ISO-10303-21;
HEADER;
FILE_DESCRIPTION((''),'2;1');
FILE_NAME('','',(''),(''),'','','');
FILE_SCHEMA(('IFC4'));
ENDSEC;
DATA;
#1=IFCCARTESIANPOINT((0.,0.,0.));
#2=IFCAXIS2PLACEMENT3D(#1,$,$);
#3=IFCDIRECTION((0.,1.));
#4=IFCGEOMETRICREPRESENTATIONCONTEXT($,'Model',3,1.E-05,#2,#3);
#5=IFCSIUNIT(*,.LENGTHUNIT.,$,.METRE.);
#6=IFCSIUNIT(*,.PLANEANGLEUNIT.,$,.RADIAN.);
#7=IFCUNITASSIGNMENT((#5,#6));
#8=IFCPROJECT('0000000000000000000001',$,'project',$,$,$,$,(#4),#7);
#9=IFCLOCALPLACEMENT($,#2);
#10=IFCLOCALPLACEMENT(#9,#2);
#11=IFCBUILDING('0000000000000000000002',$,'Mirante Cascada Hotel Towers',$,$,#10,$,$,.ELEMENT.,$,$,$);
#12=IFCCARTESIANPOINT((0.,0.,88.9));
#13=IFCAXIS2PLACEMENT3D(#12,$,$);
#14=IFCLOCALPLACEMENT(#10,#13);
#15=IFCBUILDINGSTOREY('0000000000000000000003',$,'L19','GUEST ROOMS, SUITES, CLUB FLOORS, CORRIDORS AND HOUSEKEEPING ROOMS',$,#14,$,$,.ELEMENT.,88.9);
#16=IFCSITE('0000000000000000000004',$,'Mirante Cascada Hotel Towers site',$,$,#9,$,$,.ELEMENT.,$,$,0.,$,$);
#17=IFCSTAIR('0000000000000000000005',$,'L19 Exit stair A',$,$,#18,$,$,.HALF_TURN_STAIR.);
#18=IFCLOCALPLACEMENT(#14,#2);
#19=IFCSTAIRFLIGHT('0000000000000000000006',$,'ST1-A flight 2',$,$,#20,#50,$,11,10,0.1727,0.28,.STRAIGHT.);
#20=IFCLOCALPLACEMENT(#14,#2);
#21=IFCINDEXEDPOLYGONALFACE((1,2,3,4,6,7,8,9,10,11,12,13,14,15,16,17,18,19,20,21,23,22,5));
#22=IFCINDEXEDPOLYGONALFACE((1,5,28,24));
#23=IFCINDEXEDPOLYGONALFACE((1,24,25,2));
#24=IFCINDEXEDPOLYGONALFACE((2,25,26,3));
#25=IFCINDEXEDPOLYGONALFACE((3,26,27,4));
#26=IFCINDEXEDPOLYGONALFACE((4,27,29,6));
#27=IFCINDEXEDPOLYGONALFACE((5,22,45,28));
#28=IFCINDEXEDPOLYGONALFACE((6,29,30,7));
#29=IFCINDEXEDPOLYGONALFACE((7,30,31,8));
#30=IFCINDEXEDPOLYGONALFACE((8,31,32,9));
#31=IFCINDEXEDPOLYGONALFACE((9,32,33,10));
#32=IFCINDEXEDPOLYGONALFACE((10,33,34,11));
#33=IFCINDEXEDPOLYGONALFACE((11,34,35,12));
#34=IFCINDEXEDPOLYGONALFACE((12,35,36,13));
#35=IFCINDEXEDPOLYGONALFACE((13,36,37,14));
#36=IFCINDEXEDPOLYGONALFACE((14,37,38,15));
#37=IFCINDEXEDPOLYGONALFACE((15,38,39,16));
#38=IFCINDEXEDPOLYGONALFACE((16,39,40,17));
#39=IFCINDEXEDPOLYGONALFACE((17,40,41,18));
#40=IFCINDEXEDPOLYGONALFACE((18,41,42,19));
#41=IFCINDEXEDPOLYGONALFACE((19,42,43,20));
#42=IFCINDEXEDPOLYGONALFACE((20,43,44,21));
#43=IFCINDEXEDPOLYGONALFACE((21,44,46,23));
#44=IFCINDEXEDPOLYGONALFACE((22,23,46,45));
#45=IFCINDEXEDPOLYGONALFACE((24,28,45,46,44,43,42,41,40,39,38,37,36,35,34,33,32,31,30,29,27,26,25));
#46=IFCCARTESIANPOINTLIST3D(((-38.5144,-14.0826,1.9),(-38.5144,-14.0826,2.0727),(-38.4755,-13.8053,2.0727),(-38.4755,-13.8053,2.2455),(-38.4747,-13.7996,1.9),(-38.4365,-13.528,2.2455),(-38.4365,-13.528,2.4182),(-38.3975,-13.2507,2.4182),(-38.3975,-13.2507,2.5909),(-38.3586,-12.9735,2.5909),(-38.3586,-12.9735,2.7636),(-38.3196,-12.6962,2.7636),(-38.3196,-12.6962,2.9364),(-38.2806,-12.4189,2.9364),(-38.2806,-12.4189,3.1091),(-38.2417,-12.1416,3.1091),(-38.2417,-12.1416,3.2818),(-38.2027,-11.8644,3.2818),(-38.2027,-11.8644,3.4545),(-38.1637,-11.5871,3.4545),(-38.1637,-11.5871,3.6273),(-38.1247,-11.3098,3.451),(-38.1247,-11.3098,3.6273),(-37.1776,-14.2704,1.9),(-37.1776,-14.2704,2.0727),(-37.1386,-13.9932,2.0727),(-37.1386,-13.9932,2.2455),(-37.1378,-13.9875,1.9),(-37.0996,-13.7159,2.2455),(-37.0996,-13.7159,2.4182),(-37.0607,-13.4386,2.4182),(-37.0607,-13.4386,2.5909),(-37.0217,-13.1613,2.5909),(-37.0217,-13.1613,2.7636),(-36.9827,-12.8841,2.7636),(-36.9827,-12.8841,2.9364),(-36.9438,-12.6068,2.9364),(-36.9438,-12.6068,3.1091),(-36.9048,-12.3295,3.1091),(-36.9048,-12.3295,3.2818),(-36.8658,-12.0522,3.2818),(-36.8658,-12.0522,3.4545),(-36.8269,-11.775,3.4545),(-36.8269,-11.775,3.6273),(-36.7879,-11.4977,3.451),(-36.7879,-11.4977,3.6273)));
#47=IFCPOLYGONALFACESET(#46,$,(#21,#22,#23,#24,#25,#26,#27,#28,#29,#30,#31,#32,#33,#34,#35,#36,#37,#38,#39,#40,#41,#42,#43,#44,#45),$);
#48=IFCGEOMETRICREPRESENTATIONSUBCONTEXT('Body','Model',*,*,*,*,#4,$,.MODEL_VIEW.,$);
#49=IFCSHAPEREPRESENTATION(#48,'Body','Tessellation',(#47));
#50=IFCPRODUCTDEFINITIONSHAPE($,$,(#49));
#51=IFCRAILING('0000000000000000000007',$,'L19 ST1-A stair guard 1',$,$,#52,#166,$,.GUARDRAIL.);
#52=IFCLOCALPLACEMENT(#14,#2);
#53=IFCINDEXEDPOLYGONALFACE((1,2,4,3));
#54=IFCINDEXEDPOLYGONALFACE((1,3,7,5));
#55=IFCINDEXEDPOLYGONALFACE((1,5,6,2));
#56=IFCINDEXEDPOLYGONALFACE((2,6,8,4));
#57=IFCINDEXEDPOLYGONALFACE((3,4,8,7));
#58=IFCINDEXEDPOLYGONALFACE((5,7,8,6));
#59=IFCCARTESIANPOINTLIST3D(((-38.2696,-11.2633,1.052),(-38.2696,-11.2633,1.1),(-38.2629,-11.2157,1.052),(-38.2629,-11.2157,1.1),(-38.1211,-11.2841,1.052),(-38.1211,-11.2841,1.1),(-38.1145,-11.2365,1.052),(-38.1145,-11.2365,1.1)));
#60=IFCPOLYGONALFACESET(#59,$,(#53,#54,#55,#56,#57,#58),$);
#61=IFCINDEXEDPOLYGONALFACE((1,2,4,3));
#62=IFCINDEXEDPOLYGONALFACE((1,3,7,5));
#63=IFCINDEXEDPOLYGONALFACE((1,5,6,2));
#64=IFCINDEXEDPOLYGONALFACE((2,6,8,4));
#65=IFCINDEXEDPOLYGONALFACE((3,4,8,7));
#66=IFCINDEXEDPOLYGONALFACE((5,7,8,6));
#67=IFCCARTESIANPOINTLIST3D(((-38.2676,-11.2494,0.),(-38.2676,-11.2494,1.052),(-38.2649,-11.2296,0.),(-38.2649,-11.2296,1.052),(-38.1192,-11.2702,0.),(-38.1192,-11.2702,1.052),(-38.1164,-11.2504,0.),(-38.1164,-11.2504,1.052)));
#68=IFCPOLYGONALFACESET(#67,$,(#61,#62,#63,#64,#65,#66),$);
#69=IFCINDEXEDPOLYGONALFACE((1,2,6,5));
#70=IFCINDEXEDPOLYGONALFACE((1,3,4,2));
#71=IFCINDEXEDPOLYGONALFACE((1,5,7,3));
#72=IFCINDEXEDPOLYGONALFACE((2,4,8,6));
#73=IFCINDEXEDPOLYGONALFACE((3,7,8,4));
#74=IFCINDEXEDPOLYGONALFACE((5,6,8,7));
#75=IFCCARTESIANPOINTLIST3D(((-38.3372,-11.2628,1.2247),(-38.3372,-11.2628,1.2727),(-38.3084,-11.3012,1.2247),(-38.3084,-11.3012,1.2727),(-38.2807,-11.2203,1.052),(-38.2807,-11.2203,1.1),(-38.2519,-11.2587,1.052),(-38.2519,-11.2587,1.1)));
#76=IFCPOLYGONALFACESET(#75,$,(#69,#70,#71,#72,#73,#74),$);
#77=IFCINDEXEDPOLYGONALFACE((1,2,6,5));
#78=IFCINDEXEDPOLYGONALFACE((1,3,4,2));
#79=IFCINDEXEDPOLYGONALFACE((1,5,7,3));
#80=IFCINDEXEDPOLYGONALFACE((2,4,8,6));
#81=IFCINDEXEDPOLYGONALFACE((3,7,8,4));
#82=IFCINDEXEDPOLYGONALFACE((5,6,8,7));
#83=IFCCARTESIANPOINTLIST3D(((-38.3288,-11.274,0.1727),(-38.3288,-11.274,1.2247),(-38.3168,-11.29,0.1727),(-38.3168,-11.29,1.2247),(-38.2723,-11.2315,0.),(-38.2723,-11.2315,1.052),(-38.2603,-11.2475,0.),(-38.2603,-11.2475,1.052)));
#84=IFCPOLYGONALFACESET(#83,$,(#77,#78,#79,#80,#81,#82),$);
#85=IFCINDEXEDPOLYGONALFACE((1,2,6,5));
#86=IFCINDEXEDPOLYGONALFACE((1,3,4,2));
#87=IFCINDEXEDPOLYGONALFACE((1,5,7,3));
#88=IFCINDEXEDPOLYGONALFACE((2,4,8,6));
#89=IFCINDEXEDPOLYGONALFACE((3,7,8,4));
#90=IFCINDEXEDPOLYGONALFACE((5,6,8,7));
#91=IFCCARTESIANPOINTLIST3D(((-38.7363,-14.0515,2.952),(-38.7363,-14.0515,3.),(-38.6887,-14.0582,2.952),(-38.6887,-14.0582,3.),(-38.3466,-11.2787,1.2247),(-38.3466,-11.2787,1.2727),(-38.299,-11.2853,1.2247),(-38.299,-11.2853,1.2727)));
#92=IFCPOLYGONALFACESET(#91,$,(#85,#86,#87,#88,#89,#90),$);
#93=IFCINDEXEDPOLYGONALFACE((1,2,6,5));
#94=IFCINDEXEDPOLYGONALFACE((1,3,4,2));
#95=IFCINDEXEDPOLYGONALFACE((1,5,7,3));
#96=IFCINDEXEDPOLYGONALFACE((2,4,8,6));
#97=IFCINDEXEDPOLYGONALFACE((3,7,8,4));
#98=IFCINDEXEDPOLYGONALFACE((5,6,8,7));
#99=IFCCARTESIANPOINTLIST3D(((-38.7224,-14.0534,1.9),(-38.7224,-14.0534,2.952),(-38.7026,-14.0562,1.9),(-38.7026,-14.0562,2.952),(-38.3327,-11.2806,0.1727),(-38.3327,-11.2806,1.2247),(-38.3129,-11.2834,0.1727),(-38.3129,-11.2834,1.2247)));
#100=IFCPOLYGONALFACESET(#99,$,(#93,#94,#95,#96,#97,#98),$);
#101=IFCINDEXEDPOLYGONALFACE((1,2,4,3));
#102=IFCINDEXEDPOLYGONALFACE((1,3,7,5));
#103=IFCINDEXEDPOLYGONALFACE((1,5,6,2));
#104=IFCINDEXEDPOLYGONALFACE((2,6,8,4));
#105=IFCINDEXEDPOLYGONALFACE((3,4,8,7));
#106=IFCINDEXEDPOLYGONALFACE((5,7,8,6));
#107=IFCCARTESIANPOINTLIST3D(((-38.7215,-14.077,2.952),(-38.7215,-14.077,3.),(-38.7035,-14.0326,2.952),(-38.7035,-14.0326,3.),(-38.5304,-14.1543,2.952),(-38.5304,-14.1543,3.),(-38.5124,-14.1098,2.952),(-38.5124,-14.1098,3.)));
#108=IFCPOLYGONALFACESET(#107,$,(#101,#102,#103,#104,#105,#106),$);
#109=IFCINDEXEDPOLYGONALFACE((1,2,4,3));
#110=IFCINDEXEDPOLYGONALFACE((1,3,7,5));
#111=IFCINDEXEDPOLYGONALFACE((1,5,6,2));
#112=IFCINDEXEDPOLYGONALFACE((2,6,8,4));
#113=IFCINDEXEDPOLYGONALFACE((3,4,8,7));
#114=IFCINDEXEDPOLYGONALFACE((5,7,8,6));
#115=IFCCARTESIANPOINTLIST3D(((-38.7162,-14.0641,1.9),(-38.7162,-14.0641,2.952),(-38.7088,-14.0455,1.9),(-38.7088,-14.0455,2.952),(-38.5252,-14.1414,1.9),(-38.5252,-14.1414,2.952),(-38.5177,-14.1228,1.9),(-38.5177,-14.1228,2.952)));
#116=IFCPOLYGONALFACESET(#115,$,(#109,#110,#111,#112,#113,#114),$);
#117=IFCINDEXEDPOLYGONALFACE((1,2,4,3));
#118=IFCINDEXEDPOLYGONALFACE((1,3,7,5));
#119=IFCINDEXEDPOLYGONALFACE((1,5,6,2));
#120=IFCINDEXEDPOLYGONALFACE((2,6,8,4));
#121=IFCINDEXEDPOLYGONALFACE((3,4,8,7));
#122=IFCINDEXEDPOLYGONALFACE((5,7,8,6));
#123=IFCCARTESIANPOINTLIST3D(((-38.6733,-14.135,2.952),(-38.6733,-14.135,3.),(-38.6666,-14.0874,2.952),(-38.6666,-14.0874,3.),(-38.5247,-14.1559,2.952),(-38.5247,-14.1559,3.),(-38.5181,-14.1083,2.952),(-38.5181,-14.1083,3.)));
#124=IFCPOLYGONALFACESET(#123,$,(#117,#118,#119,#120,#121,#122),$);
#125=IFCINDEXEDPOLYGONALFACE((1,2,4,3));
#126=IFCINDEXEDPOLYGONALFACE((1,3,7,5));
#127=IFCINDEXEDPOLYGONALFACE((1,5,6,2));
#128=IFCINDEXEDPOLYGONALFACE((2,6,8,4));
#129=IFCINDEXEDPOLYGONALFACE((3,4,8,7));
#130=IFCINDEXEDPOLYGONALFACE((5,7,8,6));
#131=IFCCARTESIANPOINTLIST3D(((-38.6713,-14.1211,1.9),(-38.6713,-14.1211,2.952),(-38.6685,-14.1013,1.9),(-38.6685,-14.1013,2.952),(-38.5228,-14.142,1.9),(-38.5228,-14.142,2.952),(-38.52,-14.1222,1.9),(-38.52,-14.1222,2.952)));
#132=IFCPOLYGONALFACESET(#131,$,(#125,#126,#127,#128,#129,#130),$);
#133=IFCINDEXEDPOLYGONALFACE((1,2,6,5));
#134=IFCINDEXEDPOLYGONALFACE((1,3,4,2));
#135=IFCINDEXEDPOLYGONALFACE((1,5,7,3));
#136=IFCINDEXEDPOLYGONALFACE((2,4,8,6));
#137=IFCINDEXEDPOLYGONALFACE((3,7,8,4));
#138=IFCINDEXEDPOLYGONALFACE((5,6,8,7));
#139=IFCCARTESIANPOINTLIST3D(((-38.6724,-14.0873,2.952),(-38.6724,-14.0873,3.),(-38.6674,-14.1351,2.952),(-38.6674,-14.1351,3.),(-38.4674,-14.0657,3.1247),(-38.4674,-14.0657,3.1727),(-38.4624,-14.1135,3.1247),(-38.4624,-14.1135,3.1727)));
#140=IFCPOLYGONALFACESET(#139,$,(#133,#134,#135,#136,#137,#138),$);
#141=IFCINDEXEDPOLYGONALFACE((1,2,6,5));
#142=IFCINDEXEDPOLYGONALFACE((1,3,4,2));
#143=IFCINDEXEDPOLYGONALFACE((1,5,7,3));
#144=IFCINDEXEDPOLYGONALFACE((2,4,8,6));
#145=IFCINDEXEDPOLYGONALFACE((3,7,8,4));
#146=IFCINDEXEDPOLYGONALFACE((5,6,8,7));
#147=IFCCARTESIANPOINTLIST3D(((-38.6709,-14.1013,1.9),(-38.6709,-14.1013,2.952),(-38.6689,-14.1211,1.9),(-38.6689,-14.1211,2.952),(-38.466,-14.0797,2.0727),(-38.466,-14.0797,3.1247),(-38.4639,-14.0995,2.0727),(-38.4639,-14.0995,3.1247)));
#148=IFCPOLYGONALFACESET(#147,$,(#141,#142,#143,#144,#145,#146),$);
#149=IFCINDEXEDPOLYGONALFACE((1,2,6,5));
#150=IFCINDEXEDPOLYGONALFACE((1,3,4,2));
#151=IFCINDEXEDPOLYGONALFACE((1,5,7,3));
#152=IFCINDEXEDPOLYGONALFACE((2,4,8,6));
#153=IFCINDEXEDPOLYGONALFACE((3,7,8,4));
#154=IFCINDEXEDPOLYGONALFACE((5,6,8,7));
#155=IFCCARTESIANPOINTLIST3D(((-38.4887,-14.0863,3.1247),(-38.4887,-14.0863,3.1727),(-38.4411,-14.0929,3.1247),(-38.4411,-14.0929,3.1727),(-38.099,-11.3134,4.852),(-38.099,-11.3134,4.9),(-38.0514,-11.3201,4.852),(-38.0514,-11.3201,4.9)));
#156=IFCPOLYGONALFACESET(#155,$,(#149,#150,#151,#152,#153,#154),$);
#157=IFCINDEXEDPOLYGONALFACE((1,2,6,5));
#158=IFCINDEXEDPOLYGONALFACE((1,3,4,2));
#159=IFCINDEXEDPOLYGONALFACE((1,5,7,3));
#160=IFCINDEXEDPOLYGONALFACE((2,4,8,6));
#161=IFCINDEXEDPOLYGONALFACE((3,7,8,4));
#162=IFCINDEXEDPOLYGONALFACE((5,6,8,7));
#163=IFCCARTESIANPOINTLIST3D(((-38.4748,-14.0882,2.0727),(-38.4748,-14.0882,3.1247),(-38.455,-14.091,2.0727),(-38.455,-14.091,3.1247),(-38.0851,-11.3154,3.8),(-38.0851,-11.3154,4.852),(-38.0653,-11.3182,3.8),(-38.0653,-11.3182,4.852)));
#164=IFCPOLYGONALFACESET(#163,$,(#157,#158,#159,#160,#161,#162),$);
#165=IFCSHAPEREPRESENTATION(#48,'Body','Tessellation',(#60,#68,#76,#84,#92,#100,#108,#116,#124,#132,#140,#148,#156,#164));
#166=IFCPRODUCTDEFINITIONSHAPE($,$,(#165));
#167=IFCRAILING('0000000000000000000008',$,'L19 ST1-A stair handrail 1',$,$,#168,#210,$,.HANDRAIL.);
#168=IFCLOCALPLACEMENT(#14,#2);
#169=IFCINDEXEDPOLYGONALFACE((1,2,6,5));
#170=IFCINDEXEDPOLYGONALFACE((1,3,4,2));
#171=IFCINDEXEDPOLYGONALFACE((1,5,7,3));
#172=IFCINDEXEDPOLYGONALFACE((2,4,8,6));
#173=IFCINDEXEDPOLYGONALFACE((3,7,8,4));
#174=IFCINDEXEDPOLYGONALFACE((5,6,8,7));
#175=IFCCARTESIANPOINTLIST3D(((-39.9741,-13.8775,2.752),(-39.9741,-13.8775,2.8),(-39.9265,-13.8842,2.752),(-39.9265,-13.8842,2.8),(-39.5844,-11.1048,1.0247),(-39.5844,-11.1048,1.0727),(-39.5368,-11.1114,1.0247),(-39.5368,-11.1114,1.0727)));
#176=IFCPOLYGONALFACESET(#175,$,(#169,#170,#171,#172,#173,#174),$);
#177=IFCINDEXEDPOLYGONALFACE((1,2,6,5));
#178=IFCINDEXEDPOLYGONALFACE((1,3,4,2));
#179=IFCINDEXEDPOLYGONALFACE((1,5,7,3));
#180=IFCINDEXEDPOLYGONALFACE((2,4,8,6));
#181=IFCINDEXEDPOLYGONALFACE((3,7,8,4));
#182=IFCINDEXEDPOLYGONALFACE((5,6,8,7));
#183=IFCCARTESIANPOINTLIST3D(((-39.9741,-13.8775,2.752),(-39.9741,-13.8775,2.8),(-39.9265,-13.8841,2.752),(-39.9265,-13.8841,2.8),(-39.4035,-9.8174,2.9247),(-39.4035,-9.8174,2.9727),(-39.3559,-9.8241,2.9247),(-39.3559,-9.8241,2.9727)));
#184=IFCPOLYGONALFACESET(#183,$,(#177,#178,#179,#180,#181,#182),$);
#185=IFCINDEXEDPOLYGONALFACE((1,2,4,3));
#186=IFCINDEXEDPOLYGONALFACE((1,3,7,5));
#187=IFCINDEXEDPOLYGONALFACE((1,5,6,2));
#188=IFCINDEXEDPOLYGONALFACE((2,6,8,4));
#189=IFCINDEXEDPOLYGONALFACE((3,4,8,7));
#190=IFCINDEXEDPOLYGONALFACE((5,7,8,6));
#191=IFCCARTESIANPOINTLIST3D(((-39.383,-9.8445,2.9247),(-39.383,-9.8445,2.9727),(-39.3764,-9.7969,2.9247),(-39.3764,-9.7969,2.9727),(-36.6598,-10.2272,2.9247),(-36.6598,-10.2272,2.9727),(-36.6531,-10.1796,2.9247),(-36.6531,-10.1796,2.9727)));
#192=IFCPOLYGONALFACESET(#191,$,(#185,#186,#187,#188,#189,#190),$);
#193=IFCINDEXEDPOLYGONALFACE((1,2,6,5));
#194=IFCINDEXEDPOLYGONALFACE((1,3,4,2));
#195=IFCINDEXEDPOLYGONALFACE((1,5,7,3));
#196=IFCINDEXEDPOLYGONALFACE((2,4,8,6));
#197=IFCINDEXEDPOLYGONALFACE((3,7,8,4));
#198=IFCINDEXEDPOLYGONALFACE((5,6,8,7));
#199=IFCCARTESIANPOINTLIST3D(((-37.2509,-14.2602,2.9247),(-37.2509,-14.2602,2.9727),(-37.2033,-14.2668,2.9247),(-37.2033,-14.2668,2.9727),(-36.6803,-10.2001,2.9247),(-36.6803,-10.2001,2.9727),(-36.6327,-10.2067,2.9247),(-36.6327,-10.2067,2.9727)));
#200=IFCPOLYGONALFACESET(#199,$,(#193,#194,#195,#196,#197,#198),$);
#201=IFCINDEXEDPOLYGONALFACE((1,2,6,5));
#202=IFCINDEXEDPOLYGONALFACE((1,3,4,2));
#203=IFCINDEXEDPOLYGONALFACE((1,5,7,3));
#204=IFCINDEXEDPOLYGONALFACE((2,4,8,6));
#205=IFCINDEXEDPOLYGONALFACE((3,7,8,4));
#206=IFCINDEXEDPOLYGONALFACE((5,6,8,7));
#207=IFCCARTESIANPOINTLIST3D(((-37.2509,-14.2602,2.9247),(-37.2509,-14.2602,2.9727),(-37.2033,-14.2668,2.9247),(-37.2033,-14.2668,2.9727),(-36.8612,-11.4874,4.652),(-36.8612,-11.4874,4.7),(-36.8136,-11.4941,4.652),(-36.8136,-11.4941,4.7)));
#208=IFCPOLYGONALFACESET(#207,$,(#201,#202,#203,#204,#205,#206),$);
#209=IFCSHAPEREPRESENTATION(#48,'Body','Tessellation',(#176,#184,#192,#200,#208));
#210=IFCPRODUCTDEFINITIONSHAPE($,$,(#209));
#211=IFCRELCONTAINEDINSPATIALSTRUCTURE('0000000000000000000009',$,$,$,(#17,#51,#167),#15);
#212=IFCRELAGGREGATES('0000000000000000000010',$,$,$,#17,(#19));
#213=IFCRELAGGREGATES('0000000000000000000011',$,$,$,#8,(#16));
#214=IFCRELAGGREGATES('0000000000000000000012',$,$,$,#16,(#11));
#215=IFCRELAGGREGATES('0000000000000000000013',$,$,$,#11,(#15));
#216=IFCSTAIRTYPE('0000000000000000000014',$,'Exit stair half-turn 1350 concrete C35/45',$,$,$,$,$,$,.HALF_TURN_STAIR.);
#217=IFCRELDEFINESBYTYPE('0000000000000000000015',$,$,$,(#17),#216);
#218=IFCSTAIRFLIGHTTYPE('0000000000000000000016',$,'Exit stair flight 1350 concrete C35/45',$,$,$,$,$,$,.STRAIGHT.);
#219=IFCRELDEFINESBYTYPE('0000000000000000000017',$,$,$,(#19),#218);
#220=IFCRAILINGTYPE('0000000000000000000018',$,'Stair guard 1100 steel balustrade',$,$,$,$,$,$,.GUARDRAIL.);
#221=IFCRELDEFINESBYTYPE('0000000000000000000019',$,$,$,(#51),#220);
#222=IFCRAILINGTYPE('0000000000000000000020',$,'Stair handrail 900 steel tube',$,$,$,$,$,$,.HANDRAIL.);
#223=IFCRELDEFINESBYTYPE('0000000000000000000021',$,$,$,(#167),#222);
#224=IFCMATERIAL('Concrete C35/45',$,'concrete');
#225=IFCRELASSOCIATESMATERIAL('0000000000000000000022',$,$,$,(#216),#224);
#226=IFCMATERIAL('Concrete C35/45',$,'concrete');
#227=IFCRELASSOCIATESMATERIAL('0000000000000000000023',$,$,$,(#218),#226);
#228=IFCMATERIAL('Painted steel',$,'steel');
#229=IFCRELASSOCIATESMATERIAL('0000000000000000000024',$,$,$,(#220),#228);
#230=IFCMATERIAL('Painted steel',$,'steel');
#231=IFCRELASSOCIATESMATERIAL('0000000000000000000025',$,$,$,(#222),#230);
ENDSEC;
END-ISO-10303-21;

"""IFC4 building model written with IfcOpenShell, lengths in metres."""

from ifc_helpers import new_model, si_unit, direction, frame, origin, origin_2d, place, context, subcontext, project, spatial, polyline, rectangle, outline, extrude, material, type_object, element, aggregate, save


model = new_model("IFC4")

# Units and contexts
model_context = context("Model", 3, precision=1e-05, world=origin(), true_north=direction((0.0, 1.0)))
body_context = subcontext(model_context, "Body", "Model", "MODEL_VIEW")
ifc_project = project(units=[si_unit("LENGTHUNIT", "METRE"), si_unit("PLANEANGLEUNIT", "RADIAN")], contexts=[model_context])

# Site, building, storey
site_placement = place(None, origin())
site = spatial("IfcSite", under=ifc_project, at=site_placement, Name="Mirante Cascada Hotel Towers site", CompositionType="ELEMENT", RefElevation=0.0)
building_placement = place(site_placement, origin())
building = spatial("IfcBuilding", under=site, at=building_placement, Name="Mirante Cascada Hotel Towers", CompositionType="ELEMENT")
storey_placement = place(building_placement, frame((0.0, 0.0, 88.9)))
storey = spatial("IfcBuildingStorey", under=building, at=storey_placement, Name="L19", Description="GUEST ROOMS, SUITES, CLUB FLOORS, CORRIDORS AND HOUSEKEEPING ROOMS", CompositionType="ELEMENT", Elevation=88.9)

# Stair, stair flight
ifc_material_1 = material(Name="Concrete C35/45", Category="concrete")
stair_type = type_object("IfcStairType", Name="Exit stair half-turn 1350 concrete C35/45", PredefinedType="HALF_TURN_STAIR", material=ifc_material_1)
stair_placement = place(storey_placement, origin())
stair = element("IfcStair", 1, at=stair_placement, inside=storey, type_object=stair_type, Name="L19 Exit stair A", PredefinedType="HALF_TURN_STAIR")
ifc_material_2 = material(Name="Concrete C35/45", Category="concrete")
stair_flight_type = type_object("IfcStairFlightType", Name="Exit stair flight 1350 concrete C35/45", PredefinedType="STRAIGHT", material=ifc_material_2)
stair_flight_1_placement = place(storey_placement, frame((-37.846, -14.1765, 1.9), z_axis=(0.0, 0.0, 1.0), x_axis=(0.139173, 0.990268, 0.0)))
stair_flight_1 = element("IfcStairFlight", 2, at=stair_flight_1_placement, type_object=stair_flight_type, Name="ST1-A flight 2", NumberOfRisers=11, NumberOfTreads=10, PredefinedType="STRAIGHT", RiserHeight=0.1727, TreadLength=0.28, context=body_context, shape_type="SweptSolid", body=[
    extrude(outline(polyline([(0.0, 0.0), (0.0, 0.1727), (0.28, 0.1727), (0.28, 0.3455), (0.56, 0.3455), (0.56, 0.5182), (0.84, 0.5182), (0.84, 0.6909), (1.12, 0.6909), (1.12, 0.8636), (1.4, 0.8636), (1.4, 1.0364), (1.68, 1.0364), (1.68, 1.2091), (1.96, 1.2091), (1.96, 1.3818), (2.24, 1.3818), (2.24, 1.5545), (2.52, 1.5545), (2.52, 1.7273), (2.8, 1.7273), (2.8, 1.9), (2.8, 1.551), (0.2857, 0.0), (0.0, 0.0)])), frame((0.0, 0.675, 0.0), z_axis=(0.0, -1.0, 0.0), x_axis=(1.0, 0.0, 0.0)), (0.0, 0.0, 1.0), 1.35),
])
aggregate(stair, [stair_flight_1])

# Railings
ifc_material_3 = material(Name="Painted steel", Category="steel")
railing_type_1 = type_object("IfcRailingType", Name="Stair guard 1100 steel balustrade", PredefinedType="GUARDRAIL", material=ifc_material_3)
railing_1_placement = place(storey_placement, frame((-38.1178, -11.2603, 0.0)))
element("IfcRailing", 3, at=railing_1_placement, inside=storey, type_object=railing_type_1, Name="L19 ST1-A stair guard 1", PredefinedType="GUARDRAIL", context=body_context, shape_type="SweptSolid", body=[
    extrude(rectangle(XDim=0.048, YDim=0.048, at=origin_2d()), frame((0.0, 0.0, 1.076), z_axis=(-0.990333, 0.138713, 0.0), x_axis=(-0.138713, -0.990333, 0.0)), (0.0, 0.0, 1.0), 0.1499),
    extrude(rectangle(XDim=0.02, YDim=1.052, at=origin_2d()), frame((0.0, 0.0, 0.526), z_axis=(-0.990333, 0.138713, 0.0), x_axis=(-0.138713, -0.990333, 0.0)), (0.0, 0.0, 1.0), 0.1499),
    extrude(rectangle(XDim=0.048, YDim=0.048, at=origin_2d()), frame((-0.1485, 0.0208, 1.076), z_axis=(-0.79915, -0.601131, 0.0), x_axis=(0.601131, -0.79915, 0.0)), (0.0, 0.925453, 0.378863), 0.1866),
    extrude(rectangle(XDim=0.02, YDim=1.052, at=origin_2d()), frame((-0.1485, 0.0208, 0.526), z_axis=(-0.79915, -0.601131, 0.0), x_axis=(0.601131, -0.79915, 0.0)), (0.0, 0.925453, 0.378863), 0.1866),
    extrude(rectangle(XDim=0.048, YDim=0.048, at=origin_2d()), frame((-0.205, -0.0217, 1.2487), z_axis=(-0.139176, -0.990268, 0.0), x_axis=(0.990268, -0.139176, 0.0)), (0.0, 0.525021, 0.851089), 3.29),
    extrude(rectangle(XDim=0.02, YDim=1.052, at=origin_2d()), frame((-0.205, -0.0217, 0.6987), z_axis=(-0.139176, -0.990268, 0.0), x_axis=(0.990268, -0.139176, 0.0)), (0.0, 0.525021, 0.851089), 3.29),
    extrude(rectangle(XDim=0.048, YDim=0.048, at=origin_2d()), frame((-0.5947, -2.7945, 2.976), z_axis=(0.927031, -0.374984, 0.0), x_axis=(0.374984, 0.927031, 0.0)), (0.0, 0.0, 1.0), 0.2061),
    extrude(rectangle(XDim=0.02, YDim=1.052, at=origin_2d()), frame((-0.5947, -2.7945, 2.426), z_axis=(0.927031, -0.374984, 0.0), x_axis=(0.374984, 0.927031, 0.0)), (0.0, 0.0, 1.0), 0.2061),
    extrude(rectangle(XDim=0.048, YDim=0.048, at=origin_2d()), frame((-0.4036, -2.8718, 2.976), z_axis=(-0.990241, 0.139367, 0.0), x_axis=(-0.139367, -0.990241, 0.0)), (0.0, 0.0, 1.0), 0.15),
    extrude(rectangle(XDim=0.02, YDim=1.052, at=origin_2d()), frame((-0.4036, -2.8718, 2.426), z_axis=(-0.990241, 0.139367, 0.0), x_axis=(-0.139367, -0.990241, 0.0)), (0.0, 0.0, 1.0), 0.15),
    extrude(rectangle(XDim=0.048, YDim=0.048, at=origin_2d()), frame((-0.5521, -2.8509, 2.976), z_axis=(0.994495, 0.104786, 0.0), x_axis=(-0.104786, 0.994495, 0.0)), (0.0, 0.642203, 0.766534), 0.2689),
    extrude(rectangle(XDim=0.02, YDim=1.052, at=origin_2d()), frame((-0.5521, -2.8509, 2.426), z_axis=(0.994495, 0.104786, 0.0), x_axis=(-0.104786, 0.994495, 0.0)), (0.0, 0.642203, 0.766534), 0.2689),
    extrude(rectangle(XDim=0.048, YDim=0.048, at=origin_2d()), frame((-0.3471, -2.8293, 3.1487), z_axis=(0.139176, 0.990268, 0.0), x_axis=(-0.990268, 0.139176, 0.0)), (0.0, 0.525021, 0.851089), 3.29),
    extrude(rectangle(XDim=0.02, YDim=1.052, at=origin_2d()), frame((-0.3471, -2.8293, 2.5987), z_axis=(0.139176, 0.990268, 0.0), x_axis=(-0.990268, 0.139176, 0.0)), (0.0, 0.525021, 0.851089), 3.29),
])
ifc_material_4 = material(Name="Painted steel", Category="steel")
railing_type_2 = type_object("IfcRailingType", Name="Stair handrail 900 steel tube", PredefinedType="HANDRAIL", material=ifc_material_4)
railing_2_placement = place(storey_placement, frame((-39.5606, -11.1081, 0.1727)))
element("IfcRailing", 4, at=railing_2_placement, inside=storey, type_object=railing_type_2, Name="L19 ST1-A stair handrail 1", PredefinedType="HANDRAIL", context=body_context, shape_type="SweptSolid", body=[
    extrude(rectangle(XDim=0.048, YDim=0.048, at=origin_2d()), frame((0.0, 0.0, 0.876), z_axis=(-0.139181, -0.990267, 0.0), x_axis=(0.990267, -0.139181, 0.0)), (0.0, 0.525035, 0.851081), 3.2899),
    extrude(rectangle(XDim=0.048, YDim=0.048, at=origin_2d()), frame((-0.3897, -2.7727, 2.6033), z_axis=(0.139171, 0.990268, 0.0), x_axis=(-0.990268, 0.139171, 0.0)), (0.0, 0.042085, 0.999114), 4.1036),
    extrude(rectangle(XDim=0.048, YDim=0.048, at=origin_2d()), frame((0.1809, 1.2874, 2.776), z_axis=(0.990269, -0.139166, 0.0), x_axis=(0.139166, 0.990269, 0.0)), (0.0, 0.0, 1.0), 2.75),
    extrude(rectangle(XDim=0.048, YDim=0.048, at=origin_2d()), frame((2.9041, 0.9047, 2.776), z_axis=(-0.139171, -0.990268, 0.0), x_axis=(0.990268, -0.139171, 0.0)), (0.0, 0.0, 1.0), 4.1),
    extrude(rectangle(XDim=0.048, YDim=0.048, at=origin_2d()), frame((2.3335, -3.1554, 2.776), z_axis=(0.139181, 0.990267, 0.0), x_axis=(-0.990267, 0.139181, 0.0)), (0.0, 0.525035, 0.851081), 3.2899),
])

save(model, "model.ifc")
